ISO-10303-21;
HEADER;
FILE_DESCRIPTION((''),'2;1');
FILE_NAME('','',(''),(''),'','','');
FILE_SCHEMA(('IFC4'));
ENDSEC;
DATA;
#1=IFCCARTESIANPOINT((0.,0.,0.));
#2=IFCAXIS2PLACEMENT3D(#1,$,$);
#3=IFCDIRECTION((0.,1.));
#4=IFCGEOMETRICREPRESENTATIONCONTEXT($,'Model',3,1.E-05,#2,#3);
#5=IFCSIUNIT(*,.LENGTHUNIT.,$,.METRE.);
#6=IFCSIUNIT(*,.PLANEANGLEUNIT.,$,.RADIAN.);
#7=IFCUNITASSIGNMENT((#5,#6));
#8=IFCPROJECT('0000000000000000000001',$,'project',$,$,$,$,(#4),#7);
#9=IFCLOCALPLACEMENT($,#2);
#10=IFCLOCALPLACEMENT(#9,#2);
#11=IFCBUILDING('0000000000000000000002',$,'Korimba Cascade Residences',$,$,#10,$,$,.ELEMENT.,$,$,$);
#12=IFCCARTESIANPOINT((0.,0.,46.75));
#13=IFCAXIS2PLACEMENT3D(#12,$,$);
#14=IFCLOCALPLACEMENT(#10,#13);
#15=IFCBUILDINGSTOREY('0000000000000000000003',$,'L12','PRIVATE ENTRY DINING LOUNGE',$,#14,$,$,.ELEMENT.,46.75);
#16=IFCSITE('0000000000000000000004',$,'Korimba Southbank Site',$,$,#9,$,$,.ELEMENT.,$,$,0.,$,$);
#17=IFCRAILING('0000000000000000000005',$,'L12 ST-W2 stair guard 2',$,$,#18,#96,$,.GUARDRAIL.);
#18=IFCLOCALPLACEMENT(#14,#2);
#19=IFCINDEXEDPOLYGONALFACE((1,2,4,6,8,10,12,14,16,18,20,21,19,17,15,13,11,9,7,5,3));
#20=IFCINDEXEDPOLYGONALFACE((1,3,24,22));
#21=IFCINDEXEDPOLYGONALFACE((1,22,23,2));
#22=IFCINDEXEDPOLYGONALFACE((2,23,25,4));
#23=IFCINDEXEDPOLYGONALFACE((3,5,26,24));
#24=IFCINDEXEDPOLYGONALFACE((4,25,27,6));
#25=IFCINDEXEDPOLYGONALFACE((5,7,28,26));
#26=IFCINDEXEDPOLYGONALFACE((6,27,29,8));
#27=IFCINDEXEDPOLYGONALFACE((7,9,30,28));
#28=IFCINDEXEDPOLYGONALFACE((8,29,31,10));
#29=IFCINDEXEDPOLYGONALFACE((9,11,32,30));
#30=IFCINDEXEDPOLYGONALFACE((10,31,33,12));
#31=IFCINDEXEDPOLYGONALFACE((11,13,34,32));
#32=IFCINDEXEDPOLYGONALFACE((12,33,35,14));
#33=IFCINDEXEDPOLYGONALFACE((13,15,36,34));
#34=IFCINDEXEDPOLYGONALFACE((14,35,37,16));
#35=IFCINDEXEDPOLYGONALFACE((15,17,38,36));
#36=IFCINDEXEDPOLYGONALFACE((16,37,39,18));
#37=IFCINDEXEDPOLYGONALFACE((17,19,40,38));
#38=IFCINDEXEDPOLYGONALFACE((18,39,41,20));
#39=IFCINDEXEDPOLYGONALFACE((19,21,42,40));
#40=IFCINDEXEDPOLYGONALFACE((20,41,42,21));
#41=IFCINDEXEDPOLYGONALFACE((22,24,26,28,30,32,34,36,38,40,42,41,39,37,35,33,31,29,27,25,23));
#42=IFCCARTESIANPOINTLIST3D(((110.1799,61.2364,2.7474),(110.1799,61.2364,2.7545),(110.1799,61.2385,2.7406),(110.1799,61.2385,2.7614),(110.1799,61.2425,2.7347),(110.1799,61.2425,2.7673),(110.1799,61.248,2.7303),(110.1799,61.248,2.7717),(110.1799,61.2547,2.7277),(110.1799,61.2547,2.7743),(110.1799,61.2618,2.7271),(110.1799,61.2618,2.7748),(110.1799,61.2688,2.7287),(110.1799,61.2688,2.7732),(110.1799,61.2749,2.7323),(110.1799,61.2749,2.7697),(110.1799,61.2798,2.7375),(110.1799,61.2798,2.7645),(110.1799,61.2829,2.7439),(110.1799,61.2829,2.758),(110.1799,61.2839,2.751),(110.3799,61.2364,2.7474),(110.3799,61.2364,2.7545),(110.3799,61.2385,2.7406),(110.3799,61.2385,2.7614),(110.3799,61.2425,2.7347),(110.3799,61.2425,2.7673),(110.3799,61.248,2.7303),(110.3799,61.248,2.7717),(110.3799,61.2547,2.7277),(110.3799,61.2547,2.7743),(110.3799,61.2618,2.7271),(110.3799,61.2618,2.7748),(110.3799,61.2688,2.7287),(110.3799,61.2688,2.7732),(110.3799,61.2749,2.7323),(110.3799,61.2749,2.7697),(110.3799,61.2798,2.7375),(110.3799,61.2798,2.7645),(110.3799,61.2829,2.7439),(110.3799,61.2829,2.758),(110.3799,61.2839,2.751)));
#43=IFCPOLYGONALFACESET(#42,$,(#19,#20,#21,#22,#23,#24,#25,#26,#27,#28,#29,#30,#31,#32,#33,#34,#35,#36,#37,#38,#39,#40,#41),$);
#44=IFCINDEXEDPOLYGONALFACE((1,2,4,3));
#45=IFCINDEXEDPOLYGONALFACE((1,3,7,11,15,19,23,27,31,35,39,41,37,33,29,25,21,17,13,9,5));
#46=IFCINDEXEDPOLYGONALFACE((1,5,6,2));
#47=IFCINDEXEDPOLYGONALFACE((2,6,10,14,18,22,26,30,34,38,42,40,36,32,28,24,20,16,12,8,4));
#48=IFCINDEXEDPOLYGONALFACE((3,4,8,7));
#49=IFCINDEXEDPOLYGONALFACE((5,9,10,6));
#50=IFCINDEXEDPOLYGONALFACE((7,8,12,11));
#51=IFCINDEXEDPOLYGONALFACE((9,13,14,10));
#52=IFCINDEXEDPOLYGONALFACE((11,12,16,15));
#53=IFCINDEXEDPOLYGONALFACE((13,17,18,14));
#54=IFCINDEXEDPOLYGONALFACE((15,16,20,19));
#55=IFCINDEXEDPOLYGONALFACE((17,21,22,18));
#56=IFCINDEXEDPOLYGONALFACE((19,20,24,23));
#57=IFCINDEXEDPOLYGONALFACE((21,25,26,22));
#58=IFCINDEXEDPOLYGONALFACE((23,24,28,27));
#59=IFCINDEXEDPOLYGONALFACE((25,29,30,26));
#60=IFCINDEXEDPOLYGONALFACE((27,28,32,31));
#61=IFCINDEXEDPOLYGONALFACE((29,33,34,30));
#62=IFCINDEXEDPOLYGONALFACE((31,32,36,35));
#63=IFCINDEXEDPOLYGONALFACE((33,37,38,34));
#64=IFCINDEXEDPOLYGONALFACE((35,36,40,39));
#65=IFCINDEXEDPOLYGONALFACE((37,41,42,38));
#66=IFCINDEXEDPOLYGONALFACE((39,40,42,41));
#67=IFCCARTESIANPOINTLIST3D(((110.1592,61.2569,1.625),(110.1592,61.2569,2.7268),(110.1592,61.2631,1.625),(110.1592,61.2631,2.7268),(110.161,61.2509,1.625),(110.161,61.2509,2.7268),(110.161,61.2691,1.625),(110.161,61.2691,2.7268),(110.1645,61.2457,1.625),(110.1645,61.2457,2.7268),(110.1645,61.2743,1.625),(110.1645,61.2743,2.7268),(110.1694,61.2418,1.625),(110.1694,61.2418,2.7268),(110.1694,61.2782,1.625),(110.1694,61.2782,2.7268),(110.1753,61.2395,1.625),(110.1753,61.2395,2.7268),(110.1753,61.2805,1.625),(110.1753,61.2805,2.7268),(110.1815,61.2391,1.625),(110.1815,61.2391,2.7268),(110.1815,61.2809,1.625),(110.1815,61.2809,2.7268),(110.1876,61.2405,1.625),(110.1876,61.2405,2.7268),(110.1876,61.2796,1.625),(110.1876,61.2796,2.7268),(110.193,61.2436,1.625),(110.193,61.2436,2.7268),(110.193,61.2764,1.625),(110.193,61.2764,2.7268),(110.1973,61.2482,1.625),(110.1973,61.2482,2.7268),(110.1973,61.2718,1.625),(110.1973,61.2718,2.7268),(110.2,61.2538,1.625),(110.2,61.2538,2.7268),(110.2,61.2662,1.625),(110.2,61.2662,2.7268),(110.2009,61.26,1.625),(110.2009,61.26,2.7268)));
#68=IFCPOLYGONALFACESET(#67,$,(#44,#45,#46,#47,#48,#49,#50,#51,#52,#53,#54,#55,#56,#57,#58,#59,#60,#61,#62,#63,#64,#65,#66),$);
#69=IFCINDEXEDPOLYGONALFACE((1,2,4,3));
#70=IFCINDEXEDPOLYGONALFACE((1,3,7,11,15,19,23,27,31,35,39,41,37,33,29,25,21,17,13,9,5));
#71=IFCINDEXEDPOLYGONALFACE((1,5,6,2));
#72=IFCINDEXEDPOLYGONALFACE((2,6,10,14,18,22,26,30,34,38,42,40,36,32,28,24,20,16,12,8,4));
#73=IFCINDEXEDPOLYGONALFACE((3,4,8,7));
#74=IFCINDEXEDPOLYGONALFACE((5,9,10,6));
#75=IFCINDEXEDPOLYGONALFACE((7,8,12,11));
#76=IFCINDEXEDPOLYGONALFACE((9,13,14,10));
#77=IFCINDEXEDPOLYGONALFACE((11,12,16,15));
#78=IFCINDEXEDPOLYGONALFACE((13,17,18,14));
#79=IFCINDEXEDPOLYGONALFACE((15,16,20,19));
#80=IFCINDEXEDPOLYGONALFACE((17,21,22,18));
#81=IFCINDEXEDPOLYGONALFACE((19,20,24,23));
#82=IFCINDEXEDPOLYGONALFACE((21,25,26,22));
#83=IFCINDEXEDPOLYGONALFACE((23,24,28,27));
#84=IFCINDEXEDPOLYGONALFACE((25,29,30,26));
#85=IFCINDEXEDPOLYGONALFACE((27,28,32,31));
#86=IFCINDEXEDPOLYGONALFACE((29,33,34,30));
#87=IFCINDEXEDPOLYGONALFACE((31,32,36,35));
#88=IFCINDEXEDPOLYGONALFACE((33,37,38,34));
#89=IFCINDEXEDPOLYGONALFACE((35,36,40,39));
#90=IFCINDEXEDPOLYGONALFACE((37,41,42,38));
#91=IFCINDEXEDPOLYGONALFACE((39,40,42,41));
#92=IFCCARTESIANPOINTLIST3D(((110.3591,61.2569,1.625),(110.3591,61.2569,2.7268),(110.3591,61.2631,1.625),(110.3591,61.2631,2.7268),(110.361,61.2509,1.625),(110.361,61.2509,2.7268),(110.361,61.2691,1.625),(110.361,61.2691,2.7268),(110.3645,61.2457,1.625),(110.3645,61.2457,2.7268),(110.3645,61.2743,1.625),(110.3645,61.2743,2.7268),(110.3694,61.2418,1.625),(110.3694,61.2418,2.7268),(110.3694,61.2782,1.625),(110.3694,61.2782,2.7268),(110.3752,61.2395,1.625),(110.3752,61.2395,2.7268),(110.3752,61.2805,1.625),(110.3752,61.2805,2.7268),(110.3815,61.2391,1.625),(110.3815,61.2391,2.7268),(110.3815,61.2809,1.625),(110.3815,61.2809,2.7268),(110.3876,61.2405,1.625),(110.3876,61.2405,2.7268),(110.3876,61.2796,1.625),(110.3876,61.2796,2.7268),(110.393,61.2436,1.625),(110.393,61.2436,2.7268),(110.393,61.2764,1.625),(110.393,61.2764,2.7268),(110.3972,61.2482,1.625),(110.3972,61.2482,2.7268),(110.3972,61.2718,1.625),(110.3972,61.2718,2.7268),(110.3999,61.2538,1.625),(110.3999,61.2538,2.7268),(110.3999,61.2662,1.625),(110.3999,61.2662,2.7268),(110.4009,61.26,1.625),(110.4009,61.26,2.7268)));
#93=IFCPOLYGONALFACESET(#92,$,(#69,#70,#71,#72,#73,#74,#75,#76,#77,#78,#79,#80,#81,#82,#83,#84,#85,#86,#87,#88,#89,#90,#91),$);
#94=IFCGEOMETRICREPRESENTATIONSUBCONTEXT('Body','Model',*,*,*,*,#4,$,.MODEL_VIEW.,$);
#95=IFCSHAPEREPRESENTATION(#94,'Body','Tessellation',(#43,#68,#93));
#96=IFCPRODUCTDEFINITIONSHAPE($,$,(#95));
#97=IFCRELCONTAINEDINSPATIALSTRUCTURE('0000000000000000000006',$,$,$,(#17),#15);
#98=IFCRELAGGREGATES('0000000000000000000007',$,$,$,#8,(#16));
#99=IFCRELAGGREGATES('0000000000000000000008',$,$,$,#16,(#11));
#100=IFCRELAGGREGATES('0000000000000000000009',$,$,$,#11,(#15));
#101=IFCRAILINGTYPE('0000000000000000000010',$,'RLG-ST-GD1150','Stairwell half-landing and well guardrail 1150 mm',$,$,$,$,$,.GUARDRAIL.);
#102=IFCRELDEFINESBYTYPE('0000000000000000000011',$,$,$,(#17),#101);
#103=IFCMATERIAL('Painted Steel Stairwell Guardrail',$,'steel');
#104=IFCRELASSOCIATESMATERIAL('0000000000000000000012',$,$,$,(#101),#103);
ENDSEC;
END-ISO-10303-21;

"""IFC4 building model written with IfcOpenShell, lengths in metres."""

from ifc_helpers import new_model, si_unit, direction, frame, origin, origin_2d, place, context, subcontext, project, spatial, circle, extrude, material, type_object, element, save


model = new_model("IFC4")

# Units and contexts
model_context = context("Model", 3, precision=1e-05, world=origin(), true_north=direction((0.0, 1.0)))
body_context = subcontext(model_context, "Body", "Model", "MODEL_VIEW")
ifc_project = project(units=[si_unit("LENGTHUNIT", "METRE"), si_unit("PLANEANGLEUNIT", "RADIAN")], contexts=[model_context])

# Site, building, storey
site_placement = place(None, origin())
site = spatial("IfcSite", under=ifc_project, at=site_placement, Name="Korimba Southbank Site", CompositionType="ELEMENT", RefElevation=0.0)
building_placement = place(site_placement, origin())
building = spatial("IfcBuilding", under=site, at=building_placement, Name="Korimba Cascade Residences", CompositionType="ELEMENT")
storey_placement = place(building_placement, frame((0.0, 0.0, 46.75)))
storey = spatial("IfcBuildingStorey", under=building, at=storey_placement, Name="L12", Description="PRIVATE ENTRY DINING LOUNGE", CompositionType="ELEMENT", Elevation=46.75)

# Railing
ifc_material_1 = material(Name="Painted Steel Stairwell Guardrail", Category="steel")
railing_type_1 = type_object("IfcRailingType", Name="RLG-ST-GD1150", Description="Stairwell half-landing and well guardrail 1150 mm", PredefinedType="GUARDRAIL", material=ifc_material_1)
railing_1_placement = place(storey_placement, frame((110.1799, 61.26, 1.625)))
element("IfcRailing", 1, at=railing_1_placement, inside=storey, type_object=railing_type_1, Name="L12 ST-W2 stair guard 2", PredefinedType="GUARDRAIL", context=body_context, shape_type="SweptSolid", body=[
    extrude(circle(Radius=0.0239, at=origin_2d()), frame((0.0, 0.0, 1.126), z_axis=(1.0, 0.0, 0.0), x_axis=(0.0, 1.0, 0.0)), (0.0, 0.0, 1.0), 0.2),
    extrude(circle(Radius=0.021, at=origin_2d()), origin(), (0.0, 0.0, 1.0), 1.1018),
    extrude(circle(Radius=0.021, at=origin_2d()), frame((0.2, 0.0, 0.0)), (0.0, 0.0, 1.0), 1.1018),
])

save(model, "model.ifc")
